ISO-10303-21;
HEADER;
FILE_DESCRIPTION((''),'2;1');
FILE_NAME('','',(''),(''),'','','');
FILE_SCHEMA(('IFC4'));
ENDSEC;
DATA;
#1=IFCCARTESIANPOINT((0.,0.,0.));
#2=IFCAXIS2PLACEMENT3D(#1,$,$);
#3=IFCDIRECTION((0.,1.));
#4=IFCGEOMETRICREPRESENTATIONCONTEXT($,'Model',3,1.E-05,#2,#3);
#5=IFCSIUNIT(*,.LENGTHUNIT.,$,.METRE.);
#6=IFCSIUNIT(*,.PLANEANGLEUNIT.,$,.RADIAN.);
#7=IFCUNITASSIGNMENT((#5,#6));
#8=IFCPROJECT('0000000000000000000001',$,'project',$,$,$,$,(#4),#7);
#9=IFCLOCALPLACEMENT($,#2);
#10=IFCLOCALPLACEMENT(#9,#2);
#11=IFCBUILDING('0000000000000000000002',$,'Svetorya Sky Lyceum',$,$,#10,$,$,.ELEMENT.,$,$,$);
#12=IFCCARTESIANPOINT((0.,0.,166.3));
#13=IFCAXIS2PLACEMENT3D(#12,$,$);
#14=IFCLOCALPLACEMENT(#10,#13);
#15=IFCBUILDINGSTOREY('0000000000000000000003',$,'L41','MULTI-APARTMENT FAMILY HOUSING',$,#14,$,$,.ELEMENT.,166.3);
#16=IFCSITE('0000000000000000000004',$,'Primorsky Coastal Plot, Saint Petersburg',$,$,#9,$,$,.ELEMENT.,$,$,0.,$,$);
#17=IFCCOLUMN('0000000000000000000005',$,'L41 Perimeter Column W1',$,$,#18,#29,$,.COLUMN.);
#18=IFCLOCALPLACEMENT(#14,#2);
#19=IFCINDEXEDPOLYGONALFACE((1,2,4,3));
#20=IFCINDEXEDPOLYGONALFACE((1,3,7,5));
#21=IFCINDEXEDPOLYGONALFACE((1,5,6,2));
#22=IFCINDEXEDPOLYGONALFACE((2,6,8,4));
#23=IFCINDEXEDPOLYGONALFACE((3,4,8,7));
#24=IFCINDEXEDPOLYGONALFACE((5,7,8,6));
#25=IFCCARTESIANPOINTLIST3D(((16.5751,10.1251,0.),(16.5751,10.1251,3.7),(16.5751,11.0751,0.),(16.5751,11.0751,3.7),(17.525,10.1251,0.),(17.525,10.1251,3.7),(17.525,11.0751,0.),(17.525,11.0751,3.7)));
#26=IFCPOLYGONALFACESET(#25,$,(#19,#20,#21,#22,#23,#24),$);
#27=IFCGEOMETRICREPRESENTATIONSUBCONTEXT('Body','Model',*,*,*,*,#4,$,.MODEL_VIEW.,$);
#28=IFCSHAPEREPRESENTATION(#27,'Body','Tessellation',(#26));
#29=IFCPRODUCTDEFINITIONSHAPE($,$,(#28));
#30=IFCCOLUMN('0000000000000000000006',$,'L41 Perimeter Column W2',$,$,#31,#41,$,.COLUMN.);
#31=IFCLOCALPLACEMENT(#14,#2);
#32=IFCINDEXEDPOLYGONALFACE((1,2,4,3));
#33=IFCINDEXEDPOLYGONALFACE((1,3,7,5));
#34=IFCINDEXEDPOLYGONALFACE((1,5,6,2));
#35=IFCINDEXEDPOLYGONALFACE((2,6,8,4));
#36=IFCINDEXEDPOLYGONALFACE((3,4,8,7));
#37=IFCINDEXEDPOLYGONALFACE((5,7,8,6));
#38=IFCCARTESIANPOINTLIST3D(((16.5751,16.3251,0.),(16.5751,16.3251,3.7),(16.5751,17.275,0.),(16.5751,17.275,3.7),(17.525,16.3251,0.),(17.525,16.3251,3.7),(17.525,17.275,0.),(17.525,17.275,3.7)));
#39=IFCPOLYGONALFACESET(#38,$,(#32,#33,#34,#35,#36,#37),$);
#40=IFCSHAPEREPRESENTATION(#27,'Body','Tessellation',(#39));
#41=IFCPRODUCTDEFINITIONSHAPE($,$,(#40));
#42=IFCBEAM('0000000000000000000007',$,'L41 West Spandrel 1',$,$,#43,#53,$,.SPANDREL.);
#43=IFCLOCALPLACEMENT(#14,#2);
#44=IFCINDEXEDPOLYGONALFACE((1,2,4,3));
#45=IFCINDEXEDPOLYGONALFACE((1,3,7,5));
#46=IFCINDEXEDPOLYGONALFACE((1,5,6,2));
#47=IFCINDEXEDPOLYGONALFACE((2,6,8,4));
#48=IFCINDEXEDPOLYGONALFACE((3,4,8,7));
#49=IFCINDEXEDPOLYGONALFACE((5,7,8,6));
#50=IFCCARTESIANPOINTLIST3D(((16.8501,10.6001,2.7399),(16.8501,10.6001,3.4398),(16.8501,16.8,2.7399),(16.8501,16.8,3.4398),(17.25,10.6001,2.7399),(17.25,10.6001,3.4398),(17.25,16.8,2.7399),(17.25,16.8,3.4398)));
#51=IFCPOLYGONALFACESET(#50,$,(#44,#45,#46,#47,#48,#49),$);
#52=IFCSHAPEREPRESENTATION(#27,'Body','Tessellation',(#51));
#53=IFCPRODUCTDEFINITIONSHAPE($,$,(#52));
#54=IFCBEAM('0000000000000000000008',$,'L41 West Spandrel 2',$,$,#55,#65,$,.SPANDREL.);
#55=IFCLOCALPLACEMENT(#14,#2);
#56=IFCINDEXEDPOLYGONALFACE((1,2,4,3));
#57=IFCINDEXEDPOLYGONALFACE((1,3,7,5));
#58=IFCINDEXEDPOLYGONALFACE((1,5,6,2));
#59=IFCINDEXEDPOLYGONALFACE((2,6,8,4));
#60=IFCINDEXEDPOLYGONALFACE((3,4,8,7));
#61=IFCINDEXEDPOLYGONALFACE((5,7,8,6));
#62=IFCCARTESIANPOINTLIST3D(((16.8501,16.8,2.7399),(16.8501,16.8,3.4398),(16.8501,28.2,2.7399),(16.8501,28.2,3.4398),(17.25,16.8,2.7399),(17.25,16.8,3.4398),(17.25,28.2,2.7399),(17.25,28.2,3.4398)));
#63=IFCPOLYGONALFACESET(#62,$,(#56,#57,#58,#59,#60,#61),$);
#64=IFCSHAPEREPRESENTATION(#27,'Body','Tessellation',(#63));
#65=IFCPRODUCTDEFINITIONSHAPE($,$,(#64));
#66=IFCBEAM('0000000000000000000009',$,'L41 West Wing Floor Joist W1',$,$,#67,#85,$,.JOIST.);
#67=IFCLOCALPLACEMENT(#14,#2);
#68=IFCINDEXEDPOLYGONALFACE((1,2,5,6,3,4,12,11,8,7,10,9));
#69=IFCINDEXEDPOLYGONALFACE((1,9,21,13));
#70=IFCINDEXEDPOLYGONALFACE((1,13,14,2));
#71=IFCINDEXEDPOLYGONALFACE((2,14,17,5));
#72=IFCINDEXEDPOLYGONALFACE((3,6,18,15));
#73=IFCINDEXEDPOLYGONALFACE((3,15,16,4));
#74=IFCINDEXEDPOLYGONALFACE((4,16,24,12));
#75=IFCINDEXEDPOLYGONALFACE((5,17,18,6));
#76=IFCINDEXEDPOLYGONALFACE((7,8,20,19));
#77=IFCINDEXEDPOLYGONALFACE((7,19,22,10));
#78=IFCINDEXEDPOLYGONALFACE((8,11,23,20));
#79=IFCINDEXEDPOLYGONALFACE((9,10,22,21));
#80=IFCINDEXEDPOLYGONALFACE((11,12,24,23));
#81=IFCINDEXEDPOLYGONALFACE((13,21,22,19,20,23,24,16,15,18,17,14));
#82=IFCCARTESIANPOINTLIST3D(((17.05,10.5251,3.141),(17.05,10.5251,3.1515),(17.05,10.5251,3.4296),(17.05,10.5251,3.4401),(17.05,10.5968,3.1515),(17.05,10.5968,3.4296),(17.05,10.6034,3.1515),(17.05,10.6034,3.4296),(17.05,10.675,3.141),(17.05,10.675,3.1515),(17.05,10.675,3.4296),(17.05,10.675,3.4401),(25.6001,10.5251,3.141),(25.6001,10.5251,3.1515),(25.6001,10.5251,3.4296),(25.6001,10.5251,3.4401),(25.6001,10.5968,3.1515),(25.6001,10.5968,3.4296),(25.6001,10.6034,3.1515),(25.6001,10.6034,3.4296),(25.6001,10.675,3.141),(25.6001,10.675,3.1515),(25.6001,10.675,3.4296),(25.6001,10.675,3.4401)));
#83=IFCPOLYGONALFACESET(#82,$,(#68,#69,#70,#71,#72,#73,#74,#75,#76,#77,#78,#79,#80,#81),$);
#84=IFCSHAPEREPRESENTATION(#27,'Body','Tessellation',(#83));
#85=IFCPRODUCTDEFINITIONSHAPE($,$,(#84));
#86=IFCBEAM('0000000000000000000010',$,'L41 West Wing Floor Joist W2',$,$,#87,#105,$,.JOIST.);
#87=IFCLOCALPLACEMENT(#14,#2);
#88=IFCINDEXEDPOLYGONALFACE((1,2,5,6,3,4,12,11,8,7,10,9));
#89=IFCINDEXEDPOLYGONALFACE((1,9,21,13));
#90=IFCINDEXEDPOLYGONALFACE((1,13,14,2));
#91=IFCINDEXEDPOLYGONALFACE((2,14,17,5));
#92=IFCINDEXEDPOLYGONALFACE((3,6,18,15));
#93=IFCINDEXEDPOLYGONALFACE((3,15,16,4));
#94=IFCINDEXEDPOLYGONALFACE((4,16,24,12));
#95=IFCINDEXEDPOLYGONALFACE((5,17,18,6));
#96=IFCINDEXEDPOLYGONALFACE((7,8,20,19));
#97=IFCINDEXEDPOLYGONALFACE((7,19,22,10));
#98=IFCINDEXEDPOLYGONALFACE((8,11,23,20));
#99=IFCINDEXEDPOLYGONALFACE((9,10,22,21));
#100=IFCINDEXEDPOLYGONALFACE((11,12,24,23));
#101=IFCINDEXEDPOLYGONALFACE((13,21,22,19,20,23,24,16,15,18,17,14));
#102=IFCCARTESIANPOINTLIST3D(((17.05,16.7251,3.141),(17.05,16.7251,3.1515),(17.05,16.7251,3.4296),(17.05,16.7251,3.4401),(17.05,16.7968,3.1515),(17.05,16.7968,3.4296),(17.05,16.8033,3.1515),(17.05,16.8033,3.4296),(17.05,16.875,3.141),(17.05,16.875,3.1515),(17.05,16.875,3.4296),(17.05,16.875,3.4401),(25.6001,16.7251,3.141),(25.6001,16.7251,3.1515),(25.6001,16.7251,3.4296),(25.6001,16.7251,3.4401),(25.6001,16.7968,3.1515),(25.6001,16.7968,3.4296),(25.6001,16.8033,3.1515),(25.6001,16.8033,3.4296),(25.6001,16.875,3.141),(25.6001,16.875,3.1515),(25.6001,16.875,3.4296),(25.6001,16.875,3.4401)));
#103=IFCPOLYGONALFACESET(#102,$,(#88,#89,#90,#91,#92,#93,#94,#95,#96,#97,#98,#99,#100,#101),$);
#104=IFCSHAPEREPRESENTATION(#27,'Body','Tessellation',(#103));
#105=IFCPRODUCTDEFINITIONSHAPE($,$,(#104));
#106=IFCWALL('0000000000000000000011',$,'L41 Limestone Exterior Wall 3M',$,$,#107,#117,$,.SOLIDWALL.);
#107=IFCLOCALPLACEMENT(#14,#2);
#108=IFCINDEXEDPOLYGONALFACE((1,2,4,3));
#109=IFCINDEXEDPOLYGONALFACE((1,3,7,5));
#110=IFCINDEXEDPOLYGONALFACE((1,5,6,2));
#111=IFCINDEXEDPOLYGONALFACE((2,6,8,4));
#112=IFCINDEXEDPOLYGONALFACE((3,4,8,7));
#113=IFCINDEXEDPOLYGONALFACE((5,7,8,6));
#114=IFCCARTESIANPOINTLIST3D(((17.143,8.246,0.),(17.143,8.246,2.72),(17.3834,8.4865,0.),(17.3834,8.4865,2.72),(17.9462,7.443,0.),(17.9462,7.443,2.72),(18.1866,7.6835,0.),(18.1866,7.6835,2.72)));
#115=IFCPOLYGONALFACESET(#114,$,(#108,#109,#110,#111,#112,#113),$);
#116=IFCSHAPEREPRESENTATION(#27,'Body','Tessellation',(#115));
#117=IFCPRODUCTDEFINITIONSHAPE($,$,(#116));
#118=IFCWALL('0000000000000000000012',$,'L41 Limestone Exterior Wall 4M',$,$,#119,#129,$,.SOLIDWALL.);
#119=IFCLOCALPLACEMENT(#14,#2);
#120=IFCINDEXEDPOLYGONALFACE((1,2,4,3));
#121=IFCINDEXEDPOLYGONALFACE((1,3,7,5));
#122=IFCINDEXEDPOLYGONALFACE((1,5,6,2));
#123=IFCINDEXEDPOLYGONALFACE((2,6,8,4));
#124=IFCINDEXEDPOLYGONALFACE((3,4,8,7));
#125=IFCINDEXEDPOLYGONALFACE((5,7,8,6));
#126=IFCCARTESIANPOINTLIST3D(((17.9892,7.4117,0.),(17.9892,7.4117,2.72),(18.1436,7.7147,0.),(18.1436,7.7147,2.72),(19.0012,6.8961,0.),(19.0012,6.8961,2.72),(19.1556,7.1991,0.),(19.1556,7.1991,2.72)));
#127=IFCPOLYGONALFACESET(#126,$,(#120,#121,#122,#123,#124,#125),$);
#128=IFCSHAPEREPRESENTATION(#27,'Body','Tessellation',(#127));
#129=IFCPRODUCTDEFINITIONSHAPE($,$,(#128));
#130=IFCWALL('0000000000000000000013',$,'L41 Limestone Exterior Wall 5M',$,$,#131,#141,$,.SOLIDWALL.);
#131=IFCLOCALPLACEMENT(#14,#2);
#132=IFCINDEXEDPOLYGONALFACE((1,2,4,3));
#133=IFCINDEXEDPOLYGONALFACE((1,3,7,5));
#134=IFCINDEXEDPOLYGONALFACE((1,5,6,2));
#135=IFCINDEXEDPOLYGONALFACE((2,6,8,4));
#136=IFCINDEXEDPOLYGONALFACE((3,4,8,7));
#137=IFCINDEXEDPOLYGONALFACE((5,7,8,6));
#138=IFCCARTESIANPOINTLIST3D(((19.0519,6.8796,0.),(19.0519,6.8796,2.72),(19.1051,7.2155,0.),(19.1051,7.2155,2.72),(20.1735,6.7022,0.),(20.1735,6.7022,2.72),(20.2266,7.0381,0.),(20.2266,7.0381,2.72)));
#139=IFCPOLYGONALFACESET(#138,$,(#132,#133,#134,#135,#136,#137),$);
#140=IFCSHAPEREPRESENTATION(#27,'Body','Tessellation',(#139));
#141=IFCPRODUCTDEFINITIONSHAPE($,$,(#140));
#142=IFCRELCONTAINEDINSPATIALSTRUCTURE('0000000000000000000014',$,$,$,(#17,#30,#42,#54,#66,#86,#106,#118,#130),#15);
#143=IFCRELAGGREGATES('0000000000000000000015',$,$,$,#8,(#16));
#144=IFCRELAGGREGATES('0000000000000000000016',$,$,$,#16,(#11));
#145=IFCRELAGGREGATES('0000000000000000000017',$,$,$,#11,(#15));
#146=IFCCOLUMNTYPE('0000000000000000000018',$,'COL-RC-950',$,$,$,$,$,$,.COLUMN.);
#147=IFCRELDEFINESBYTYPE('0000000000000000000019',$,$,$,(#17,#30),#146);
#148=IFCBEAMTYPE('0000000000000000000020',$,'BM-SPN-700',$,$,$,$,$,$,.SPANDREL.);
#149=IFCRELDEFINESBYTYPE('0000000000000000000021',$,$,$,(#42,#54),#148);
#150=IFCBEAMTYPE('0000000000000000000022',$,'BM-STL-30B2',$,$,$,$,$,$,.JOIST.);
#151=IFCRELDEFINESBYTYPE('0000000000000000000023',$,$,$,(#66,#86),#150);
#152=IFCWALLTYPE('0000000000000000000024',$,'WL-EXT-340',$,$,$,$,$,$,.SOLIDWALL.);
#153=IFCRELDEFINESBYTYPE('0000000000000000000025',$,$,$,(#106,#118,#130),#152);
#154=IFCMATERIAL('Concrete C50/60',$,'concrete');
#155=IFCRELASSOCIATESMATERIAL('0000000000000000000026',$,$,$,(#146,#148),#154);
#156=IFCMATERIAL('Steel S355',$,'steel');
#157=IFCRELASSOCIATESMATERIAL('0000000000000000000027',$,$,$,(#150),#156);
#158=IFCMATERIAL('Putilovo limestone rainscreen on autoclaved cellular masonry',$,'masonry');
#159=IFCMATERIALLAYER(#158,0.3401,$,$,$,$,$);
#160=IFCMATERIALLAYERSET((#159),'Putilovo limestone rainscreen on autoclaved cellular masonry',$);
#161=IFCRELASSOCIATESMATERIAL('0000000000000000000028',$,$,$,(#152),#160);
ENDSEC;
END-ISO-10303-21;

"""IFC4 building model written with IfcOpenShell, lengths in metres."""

from ifc_helpers import new_model, si_unit, direction, frame, frame_2d, origin, origin_2d, place, context, subcontext, project, spatial, rectangle, i_section, extrude, material, layer, layer_set, material_profile, profile_set, type_object, element, save


model = new_model("IFC4")

# Units and contexts
model_context = context("Model", 3, precision=1e-05, world=origin(), true_north=direction((0.0, 1.0)))
body_context = subcontext(model_context, "Body", "Model", "MODEL_VIEW")
ifc_project = project(units=[si_unit("LENGTHUNIT", "METRE"), si_unit("PLANEANGLEUNIT", "RADIAN")], contexts=[model_context])

# Site, building, storey
site_placement = place(None, origin())
site = spatial("IfcSite", under=ifc_project, at=site_placement, Name="Primorsky Coastal Plot, Saint Petersburg", CompositionType="ELEMENT", RefElevation=0.0)
building_placement = place(site_placement, origin())
building = spatial("IfcBuilding", under=site, at=building_placement, Name="Svetorya Sky Lyceum", CompositionType="ELEMENT")
storey_placement = place(building_placement, frame((0.0, 0.0, 166.3)))
storey = spatial("IfcBuildingStorey", under=building, at=storey_placement, Name="L41", Description="MULTI-APARTMENT FAMILY HOUSING", CompositionType="ELEMENT", Elevation=166.3)

# Columns
ifc_material_1 = material(Name="Concrete C50/60", Category="concrete")
ifc_material_profile_1 = material_profile(ifc_material_1, rectangle(XDim=0.95, YDim=0.95, at=origin_2d()), Name="RC COL 950x950")
ifc_profile_set_1 = profile_set([ifc_material_profile_1], Name="Concrete C50/60")
column_type = type_object("IfcColumnType", Name="COL-RC-950", PredefinedType="COLUMN", material=ifc_profile_set_1)
for number, where, z_axis, x_axis, name in (
    (1, (17.05, 10.6001, 0.0), (0.0, 0.0, 1.0), (1.0, 0.0, 0.0), "L41 Perimeter Column W1"),
    (2, (17.05, 16.8, 0.0), (0.0, 0.0, 1.0), (1.0, 0.0, 0.0), "L41 Perimeter Column W2"),
):
    element("IfcColumn", number, at=place(storey_placement, frame(where, z_axis=z_axis, x_axis=x_axis)), inside=storey, type_object=column_type, Name=name, PredefinedType="COLUMN", context=body_context, shape_type="SweptSolid", body=[
        extrude(rectangle(XDim=0.95, YDim=0.95, at=origin_2d()), origin(), (0.0, 0.0, 1.0), 3.7),
    ])

# Beams
ifc_material_profile_2 = material_profile(ifc_material_1, rectangle(XDim=0.3999, YDim=0.7, at=origin_2d()), Name="RC SPANDREL 400x700")
ifc_profile_set_2 = profile_set([ifc_material_profile_2], Name="Concrete C50/60")
beam_type_1 = type_object("IfcBeamType", Name="BM-SPN-700", PredefinedType="SPANDREL", material=ifc_profile_set_2)
beam_1_placement = place(storey_placement, frame((17.05, 10.6001, 3.0898), z_axis=(0.0, 1.0, 0.0), x_axis=(-1.0, 0.0, 0.0)))
element("IfcBeam", 3, at=beam_1_placement, inside=storey, type_object=beam_type_1, Name="L41 West Spandrel 1", PredefinedType="SPANDREL", context=body_context, shape_type="SweptSolid", body=[
    extrude(rectangle(XDim=0.3999, YDim=0.7, at=origin_2d()), origin(), (0.0, 0.0, 1.0), 6.2),
])
beam_2_placement = place(storey_placement, frame((17.05, 16.8, 3.0898), z_axis=(0.0, 1.0, 0.0), x_axis=(-1.0, 0.0, 0.0)))
element("IfcBeam", 4, at=beam_2_placement, inside=storey, type_object=beam_type_1, Name="L41 West Spandrel 2", PredefinedType="SPANDREL", context=body_context, shape_type="SweptSolid", body=[
    extrude(rectangle(XDim=0.3999, YDim=0.7, at=origin_2d()), origin(), (0.0, 0.0, 1.0), 11.3999),
])
ifc_material_2 = material(Name="Steel S355", Category="steel")
ifc_material_profile_3 = material_profile(ifc_material_2, i_section(OverallWidth=0.1499, OverallDepth=0.2991, WebThickness=0.0066, FlangeThickness=0.0105, at=origin_2d()), Name="GOST 30B2")
ifc_profile_set_3 = profile_set([ifc_material_profile_3], Name="Steel S355")
beam_type_2 = type_object("IfcBeamType", Name="BM-STL-30B2", PredefinedType="JOIST", material=ifc_profile_set_3)
for number, where, z_axis, x_axis, name in (
    (5, (17.05, 10.6001, 3.2905), (1.0, 0.0, 0.0), (0.0, 1.0, 0.0), "L41 West Wing Floor Joist W1"),
    (6, (17.05, 16.8, 3.2905), (1.0, 0.0, 0.0), (0.0, 1.0, 0.0), "L41 West Wing Floor Joist W2"),
):
    element("IfcBeam", number, at=place(storey_placement, frame(where, z_axis=z_axis, x_axis=x_axis)), inside=storey, type_object=beam_type_2, Name=name, PredefinedType="JOIST", context=body_context, shape_type="SweptSolid", body=[
        extrude(i_section(OverallWidth=0.1499, OverallDepth=0.2991, WebThickness=0.0066, FlangeThickness=0.0105, at=origin_2d()), origin(), (0.0, 0.0, 1.0), 8.55),
    ])

# Walls
ifc_material_3 = material(Name="Putilovo limestone rainscreen on autoclaved cellular masonry", Category="masonry")
ifc_layer_1 = layer(ifc_material_3, 0.3401)
ifc_layer_set_1 = layer_set([ifc_layer_1], Name="Putilovo limestone rainscreen on autoclaved cellular masonry")
wall_type_1 = type_object("IfcWallType", Name="WL-EXT-340", PredefinedType="SOLIDWALL", material=ifc_layer_set_1)
for number, where, z_axis, x_axis, name in (
    (7, (17.2632, 8.3662, 0.0), (0.0, 0.0, 1.0), (0.707214, -0.706999, 0.0), "L41 Limestone Exterior Wall 3M"),
    (8, (18.0664, 7.5632, 0.0), (0.0, 0.0, 1.0), (0.891005, -0.453993, 0.0), "L41 Limestone Exterior Wall 4M"),
):
    element("IfcWall", number, at=place(storey_placement, frame(where, z_axis=z_axis, x_axis=x_axis)), inside=storey, type_object=wall_type_1, Name=name, PredefinedType="SOLIDWALL", context=body_context, shape_type="SweptSolid", body=[
        extrude(rectangle(XDim=1.1357, YDim=0.3401, at=frame_2d((0.5679, 0.0))), origin(), (0.0, 0.0, 1.0), 2.72),
    ])
wall_1_placement = place(storey_placement, frame((19.0784, 7.0476, 0.0), z_axis=(0.0, 0.0, 1.0), x_axis=(0.987709, -0.156305, 0.0)))
element("IfcWall", 9, at=wall_1_placement, inside=storey, type_object=wall_type_1, Name="L41 Limestone Exterior Wall 5M", PredefinedType="SOLIDWALL", context=body_context, shape_type="SweptSolid", body=[
    extrude(rectangle(XDim=1.1355, YDim=0.3401, at=frame_2d((0.5679, 0.0))), origin(), (0.0, 0.0, 1.0), 2.72),
])

save(model, "model.ifc")
